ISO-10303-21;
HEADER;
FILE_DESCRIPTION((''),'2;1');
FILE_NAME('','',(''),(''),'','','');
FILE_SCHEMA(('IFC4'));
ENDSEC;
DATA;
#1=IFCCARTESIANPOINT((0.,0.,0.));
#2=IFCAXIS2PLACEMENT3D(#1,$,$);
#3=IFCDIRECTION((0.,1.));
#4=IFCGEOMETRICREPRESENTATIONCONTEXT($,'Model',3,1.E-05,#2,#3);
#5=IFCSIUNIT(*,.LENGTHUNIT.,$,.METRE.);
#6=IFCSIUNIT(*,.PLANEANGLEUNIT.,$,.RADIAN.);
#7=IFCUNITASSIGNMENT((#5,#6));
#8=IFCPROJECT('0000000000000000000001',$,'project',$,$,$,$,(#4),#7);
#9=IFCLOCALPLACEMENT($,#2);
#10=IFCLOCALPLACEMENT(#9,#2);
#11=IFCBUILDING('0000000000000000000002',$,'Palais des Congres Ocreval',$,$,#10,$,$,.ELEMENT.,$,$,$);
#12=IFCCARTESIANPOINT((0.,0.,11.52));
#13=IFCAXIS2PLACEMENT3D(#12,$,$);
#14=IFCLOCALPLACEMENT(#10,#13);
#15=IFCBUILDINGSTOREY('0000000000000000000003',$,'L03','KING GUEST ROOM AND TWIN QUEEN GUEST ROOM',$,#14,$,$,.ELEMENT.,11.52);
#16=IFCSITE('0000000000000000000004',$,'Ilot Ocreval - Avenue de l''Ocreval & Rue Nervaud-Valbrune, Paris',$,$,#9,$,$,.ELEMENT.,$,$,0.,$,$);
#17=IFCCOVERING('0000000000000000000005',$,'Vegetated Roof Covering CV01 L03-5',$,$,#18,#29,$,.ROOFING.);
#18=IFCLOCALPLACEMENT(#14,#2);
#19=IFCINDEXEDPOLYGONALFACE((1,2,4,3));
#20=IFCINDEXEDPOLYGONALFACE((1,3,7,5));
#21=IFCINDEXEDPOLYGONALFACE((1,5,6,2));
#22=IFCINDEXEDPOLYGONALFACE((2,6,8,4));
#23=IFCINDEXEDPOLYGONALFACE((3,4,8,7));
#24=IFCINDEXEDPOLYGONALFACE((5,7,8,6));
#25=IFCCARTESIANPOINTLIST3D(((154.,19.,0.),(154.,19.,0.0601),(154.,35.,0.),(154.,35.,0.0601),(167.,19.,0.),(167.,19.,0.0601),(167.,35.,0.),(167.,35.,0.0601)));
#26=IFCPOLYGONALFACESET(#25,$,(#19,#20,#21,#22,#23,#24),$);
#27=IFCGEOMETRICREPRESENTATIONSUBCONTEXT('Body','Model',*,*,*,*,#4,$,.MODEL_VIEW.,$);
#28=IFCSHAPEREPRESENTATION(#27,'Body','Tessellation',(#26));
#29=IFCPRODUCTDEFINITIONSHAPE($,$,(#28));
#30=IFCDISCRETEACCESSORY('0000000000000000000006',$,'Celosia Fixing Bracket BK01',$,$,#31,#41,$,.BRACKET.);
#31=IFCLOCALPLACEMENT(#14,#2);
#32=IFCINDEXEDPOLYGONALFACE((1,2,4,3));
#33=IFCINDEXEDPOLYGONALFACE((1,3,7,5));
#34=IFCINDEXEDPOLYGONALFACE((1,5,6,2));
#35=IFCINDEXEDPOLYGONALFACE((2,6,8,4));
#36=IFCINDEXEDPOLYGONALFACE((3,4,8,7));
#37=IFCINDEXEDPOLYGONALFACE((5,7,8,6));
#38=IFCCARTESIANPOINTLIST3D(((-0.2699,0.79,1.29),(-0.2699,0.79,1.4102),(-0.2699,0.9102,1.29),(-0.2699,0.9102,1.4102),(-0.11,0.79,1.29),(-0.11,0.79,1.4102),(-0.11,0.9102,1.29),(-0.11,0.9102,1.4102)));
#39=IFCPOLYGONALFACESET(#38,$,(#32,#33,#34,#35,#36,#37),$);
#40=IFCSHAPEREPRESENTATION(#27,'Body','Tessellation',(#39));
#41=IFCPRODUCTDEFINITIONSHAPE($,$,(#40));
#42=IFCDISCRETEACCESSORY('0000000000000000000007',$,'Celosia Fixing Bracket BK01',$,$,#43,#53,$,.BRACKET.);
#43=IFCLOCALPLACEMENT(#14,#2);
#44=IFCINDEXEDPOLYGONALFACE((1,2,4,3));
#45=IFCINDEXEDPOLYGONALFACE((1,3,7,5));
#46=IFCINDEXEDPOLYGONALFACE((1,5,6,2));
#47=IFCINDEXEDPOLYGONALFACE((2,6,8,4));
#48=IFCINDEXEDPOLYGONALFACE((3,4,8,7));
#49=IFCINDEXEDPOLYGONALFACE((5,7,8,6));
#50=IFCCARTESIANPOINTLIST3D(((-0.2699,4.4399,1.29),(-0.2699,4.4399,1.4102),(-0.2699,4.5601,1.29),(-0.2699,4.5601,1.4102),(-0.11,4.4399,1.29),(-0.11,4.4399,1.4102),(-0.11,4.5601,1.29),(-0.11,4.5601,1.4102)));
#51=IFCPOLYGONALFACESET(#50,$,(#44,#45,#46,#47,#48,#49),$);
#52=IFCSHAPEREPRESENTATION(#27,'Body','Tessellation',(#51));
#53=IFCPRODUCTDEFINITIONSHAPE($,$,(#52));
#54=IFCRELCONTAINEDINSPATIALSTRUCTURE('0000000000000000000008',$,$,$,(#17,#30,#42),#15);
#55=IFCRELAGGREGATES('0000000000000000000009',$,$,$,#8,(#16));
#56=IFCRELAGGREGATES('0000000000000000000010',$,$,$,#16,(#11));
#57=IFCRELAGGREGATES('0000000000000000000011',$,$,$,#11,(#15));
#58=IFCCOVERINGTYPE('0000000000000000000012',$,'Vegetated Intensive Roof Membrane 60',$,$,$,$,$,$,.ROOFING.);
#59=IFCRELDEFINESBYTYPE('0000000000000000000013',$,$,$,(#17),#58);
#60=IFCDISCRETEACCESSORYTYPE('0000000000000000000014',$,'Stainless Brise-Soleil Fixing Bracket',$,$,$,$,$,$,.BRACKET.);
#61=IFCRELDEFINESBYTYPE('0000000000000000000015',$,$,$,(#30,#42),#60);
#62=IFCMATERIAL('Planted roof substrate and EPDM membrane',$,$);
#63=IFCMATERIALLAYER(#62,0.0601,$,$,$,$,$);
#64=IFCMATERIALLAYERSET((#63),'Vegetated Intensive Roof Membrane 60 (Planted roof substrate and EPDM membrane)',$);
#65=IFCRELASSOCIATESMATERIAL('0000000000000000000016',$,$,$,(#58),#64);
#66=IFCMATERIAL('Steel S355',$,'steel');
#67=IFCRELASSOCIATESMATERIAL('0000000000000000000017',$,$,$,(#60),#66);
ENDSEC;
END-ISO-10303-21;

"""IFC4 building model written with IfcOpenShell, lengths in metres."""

from ifc_helpers import new_model, si_unit, direction, frame, origin, origin_2d, place, context, subcontext, project, spatial, polyline, rectangle, outline, extrude, material, layer, layer_set, type_object, element, save


model = new_model("IFC4")

# Units and contexts
model_context = context("Model", 3, precision=1e-05, world=origin(), true_north=direction((0.0, 1.0)))
body_context = subcontext(model_context, "Body", "Model", "MODEL_VIEW")
ifc_project = project(units=[si_unit("LENGTHUNIT", "METRE"), si_unit("PLANEANGLEUNIT", "RADIAN")], contexts=[model_context])

# Site, building, storey
site_placement = place(None, origin())
site = spatial("IfcSite", under=ifc_project, at=site_placement, Name="Ilot Ocreval - Avenue de l'Ocreval & Rue Nervaud-Valbrune, Paris", CompositionType="ELEMENT", RefElevation=0.0)
building_placement = place(site_placement, origin())
building = spatial("IfcBuilding", under=site, at=building_placement, Name="Palais des Congres Ocreval", CompositionType="ELEMENT")
storey_placement = place(building_placement, frame((0.0, 0.0, 11.52)))
storey = spatial("IfcBuildingStorey", under=building, at=storey_placement, Name="L03", Description="KING GUEST ROOM AND TWIN QUEEN GUEST ROOM", CompositionType="ELEMENT", Elevation=11.52)

# Shared definitions
ifc_material_1 = material(Name="Steel S355", Category="steel")

# Covering
ifc_material_2 = material(Name="Planted roof substrate and EPDM membrane")
ifc_layer_1 = layer(ifc_material_2, 0.0601)
ifc_layer_set_1 = layer_set([ifc_layer_1], Name="Vegetated Intensive Roof Membrane 60 (Planted roof substrate and EPDM membrane)")
covering_type = type_object("IfcCoveringType", Name="Vegetated Intensive Roof Membrane 60", PredefinedType="ROOFING", material=ifc_layer_set_1)
covering_1_placement = place(storey_placement, origin())
element("IfcCovering", 1, at=covering_1_placement, inside=storey, type_object=covering_type, Name="Vegetated Roof Covering CV01 L03-5", PredefinedType="ROOFING", context=body_context, shape_type="SweptSolid", body=[
    extrude(outline(polyline([(154.0, 19.0), (167.0, 19.0), (167.0, 35.0), (154.0, 35.0), (154.0, 19.0)])), origin(), (0.0, 0.0, 1.0), 0.0601),
])

# Discrete accessories
discrete_accessory_type = type_object("IfcDiscreteAccessoryType", Name="Stainless Brise-Soleil Fixing Bracket", PredefinedType="BRACKET", material=ifc_material_1)
for number, where, z_axis, x_axis, name in (
    (2, (-0.1899, 0.8501, 1.29), (0.0, 0.0, 1.0), (-1.0, 0.0, 0.0), "Celosia Fixing Bracket BK01"),
    (3, (-0.1899, 4.5, 1.29), (0.0, 0.0, 1.0), (-1.0, 0.0, 0.0), "Celosia Fixing Bracket BK01"),
):
    element("IfcDiscreteAccessory", number, at=place(storey_placement, frame(where, z_axis=z_axis, x_axis=x_axis)), inside=storey, type_object=discrete_accessory_type, Name=name, PredefinedType="BRACKET", context=body_context, shape_type="SweptSolid", body=[
        extrude(rectangle(XDim=0.1599, YDim=0.1201, at=origin_2d()), origin(), (0.0, 0.0, 1.0), 0.1201),
    ])

save(model, "model.ifc")
